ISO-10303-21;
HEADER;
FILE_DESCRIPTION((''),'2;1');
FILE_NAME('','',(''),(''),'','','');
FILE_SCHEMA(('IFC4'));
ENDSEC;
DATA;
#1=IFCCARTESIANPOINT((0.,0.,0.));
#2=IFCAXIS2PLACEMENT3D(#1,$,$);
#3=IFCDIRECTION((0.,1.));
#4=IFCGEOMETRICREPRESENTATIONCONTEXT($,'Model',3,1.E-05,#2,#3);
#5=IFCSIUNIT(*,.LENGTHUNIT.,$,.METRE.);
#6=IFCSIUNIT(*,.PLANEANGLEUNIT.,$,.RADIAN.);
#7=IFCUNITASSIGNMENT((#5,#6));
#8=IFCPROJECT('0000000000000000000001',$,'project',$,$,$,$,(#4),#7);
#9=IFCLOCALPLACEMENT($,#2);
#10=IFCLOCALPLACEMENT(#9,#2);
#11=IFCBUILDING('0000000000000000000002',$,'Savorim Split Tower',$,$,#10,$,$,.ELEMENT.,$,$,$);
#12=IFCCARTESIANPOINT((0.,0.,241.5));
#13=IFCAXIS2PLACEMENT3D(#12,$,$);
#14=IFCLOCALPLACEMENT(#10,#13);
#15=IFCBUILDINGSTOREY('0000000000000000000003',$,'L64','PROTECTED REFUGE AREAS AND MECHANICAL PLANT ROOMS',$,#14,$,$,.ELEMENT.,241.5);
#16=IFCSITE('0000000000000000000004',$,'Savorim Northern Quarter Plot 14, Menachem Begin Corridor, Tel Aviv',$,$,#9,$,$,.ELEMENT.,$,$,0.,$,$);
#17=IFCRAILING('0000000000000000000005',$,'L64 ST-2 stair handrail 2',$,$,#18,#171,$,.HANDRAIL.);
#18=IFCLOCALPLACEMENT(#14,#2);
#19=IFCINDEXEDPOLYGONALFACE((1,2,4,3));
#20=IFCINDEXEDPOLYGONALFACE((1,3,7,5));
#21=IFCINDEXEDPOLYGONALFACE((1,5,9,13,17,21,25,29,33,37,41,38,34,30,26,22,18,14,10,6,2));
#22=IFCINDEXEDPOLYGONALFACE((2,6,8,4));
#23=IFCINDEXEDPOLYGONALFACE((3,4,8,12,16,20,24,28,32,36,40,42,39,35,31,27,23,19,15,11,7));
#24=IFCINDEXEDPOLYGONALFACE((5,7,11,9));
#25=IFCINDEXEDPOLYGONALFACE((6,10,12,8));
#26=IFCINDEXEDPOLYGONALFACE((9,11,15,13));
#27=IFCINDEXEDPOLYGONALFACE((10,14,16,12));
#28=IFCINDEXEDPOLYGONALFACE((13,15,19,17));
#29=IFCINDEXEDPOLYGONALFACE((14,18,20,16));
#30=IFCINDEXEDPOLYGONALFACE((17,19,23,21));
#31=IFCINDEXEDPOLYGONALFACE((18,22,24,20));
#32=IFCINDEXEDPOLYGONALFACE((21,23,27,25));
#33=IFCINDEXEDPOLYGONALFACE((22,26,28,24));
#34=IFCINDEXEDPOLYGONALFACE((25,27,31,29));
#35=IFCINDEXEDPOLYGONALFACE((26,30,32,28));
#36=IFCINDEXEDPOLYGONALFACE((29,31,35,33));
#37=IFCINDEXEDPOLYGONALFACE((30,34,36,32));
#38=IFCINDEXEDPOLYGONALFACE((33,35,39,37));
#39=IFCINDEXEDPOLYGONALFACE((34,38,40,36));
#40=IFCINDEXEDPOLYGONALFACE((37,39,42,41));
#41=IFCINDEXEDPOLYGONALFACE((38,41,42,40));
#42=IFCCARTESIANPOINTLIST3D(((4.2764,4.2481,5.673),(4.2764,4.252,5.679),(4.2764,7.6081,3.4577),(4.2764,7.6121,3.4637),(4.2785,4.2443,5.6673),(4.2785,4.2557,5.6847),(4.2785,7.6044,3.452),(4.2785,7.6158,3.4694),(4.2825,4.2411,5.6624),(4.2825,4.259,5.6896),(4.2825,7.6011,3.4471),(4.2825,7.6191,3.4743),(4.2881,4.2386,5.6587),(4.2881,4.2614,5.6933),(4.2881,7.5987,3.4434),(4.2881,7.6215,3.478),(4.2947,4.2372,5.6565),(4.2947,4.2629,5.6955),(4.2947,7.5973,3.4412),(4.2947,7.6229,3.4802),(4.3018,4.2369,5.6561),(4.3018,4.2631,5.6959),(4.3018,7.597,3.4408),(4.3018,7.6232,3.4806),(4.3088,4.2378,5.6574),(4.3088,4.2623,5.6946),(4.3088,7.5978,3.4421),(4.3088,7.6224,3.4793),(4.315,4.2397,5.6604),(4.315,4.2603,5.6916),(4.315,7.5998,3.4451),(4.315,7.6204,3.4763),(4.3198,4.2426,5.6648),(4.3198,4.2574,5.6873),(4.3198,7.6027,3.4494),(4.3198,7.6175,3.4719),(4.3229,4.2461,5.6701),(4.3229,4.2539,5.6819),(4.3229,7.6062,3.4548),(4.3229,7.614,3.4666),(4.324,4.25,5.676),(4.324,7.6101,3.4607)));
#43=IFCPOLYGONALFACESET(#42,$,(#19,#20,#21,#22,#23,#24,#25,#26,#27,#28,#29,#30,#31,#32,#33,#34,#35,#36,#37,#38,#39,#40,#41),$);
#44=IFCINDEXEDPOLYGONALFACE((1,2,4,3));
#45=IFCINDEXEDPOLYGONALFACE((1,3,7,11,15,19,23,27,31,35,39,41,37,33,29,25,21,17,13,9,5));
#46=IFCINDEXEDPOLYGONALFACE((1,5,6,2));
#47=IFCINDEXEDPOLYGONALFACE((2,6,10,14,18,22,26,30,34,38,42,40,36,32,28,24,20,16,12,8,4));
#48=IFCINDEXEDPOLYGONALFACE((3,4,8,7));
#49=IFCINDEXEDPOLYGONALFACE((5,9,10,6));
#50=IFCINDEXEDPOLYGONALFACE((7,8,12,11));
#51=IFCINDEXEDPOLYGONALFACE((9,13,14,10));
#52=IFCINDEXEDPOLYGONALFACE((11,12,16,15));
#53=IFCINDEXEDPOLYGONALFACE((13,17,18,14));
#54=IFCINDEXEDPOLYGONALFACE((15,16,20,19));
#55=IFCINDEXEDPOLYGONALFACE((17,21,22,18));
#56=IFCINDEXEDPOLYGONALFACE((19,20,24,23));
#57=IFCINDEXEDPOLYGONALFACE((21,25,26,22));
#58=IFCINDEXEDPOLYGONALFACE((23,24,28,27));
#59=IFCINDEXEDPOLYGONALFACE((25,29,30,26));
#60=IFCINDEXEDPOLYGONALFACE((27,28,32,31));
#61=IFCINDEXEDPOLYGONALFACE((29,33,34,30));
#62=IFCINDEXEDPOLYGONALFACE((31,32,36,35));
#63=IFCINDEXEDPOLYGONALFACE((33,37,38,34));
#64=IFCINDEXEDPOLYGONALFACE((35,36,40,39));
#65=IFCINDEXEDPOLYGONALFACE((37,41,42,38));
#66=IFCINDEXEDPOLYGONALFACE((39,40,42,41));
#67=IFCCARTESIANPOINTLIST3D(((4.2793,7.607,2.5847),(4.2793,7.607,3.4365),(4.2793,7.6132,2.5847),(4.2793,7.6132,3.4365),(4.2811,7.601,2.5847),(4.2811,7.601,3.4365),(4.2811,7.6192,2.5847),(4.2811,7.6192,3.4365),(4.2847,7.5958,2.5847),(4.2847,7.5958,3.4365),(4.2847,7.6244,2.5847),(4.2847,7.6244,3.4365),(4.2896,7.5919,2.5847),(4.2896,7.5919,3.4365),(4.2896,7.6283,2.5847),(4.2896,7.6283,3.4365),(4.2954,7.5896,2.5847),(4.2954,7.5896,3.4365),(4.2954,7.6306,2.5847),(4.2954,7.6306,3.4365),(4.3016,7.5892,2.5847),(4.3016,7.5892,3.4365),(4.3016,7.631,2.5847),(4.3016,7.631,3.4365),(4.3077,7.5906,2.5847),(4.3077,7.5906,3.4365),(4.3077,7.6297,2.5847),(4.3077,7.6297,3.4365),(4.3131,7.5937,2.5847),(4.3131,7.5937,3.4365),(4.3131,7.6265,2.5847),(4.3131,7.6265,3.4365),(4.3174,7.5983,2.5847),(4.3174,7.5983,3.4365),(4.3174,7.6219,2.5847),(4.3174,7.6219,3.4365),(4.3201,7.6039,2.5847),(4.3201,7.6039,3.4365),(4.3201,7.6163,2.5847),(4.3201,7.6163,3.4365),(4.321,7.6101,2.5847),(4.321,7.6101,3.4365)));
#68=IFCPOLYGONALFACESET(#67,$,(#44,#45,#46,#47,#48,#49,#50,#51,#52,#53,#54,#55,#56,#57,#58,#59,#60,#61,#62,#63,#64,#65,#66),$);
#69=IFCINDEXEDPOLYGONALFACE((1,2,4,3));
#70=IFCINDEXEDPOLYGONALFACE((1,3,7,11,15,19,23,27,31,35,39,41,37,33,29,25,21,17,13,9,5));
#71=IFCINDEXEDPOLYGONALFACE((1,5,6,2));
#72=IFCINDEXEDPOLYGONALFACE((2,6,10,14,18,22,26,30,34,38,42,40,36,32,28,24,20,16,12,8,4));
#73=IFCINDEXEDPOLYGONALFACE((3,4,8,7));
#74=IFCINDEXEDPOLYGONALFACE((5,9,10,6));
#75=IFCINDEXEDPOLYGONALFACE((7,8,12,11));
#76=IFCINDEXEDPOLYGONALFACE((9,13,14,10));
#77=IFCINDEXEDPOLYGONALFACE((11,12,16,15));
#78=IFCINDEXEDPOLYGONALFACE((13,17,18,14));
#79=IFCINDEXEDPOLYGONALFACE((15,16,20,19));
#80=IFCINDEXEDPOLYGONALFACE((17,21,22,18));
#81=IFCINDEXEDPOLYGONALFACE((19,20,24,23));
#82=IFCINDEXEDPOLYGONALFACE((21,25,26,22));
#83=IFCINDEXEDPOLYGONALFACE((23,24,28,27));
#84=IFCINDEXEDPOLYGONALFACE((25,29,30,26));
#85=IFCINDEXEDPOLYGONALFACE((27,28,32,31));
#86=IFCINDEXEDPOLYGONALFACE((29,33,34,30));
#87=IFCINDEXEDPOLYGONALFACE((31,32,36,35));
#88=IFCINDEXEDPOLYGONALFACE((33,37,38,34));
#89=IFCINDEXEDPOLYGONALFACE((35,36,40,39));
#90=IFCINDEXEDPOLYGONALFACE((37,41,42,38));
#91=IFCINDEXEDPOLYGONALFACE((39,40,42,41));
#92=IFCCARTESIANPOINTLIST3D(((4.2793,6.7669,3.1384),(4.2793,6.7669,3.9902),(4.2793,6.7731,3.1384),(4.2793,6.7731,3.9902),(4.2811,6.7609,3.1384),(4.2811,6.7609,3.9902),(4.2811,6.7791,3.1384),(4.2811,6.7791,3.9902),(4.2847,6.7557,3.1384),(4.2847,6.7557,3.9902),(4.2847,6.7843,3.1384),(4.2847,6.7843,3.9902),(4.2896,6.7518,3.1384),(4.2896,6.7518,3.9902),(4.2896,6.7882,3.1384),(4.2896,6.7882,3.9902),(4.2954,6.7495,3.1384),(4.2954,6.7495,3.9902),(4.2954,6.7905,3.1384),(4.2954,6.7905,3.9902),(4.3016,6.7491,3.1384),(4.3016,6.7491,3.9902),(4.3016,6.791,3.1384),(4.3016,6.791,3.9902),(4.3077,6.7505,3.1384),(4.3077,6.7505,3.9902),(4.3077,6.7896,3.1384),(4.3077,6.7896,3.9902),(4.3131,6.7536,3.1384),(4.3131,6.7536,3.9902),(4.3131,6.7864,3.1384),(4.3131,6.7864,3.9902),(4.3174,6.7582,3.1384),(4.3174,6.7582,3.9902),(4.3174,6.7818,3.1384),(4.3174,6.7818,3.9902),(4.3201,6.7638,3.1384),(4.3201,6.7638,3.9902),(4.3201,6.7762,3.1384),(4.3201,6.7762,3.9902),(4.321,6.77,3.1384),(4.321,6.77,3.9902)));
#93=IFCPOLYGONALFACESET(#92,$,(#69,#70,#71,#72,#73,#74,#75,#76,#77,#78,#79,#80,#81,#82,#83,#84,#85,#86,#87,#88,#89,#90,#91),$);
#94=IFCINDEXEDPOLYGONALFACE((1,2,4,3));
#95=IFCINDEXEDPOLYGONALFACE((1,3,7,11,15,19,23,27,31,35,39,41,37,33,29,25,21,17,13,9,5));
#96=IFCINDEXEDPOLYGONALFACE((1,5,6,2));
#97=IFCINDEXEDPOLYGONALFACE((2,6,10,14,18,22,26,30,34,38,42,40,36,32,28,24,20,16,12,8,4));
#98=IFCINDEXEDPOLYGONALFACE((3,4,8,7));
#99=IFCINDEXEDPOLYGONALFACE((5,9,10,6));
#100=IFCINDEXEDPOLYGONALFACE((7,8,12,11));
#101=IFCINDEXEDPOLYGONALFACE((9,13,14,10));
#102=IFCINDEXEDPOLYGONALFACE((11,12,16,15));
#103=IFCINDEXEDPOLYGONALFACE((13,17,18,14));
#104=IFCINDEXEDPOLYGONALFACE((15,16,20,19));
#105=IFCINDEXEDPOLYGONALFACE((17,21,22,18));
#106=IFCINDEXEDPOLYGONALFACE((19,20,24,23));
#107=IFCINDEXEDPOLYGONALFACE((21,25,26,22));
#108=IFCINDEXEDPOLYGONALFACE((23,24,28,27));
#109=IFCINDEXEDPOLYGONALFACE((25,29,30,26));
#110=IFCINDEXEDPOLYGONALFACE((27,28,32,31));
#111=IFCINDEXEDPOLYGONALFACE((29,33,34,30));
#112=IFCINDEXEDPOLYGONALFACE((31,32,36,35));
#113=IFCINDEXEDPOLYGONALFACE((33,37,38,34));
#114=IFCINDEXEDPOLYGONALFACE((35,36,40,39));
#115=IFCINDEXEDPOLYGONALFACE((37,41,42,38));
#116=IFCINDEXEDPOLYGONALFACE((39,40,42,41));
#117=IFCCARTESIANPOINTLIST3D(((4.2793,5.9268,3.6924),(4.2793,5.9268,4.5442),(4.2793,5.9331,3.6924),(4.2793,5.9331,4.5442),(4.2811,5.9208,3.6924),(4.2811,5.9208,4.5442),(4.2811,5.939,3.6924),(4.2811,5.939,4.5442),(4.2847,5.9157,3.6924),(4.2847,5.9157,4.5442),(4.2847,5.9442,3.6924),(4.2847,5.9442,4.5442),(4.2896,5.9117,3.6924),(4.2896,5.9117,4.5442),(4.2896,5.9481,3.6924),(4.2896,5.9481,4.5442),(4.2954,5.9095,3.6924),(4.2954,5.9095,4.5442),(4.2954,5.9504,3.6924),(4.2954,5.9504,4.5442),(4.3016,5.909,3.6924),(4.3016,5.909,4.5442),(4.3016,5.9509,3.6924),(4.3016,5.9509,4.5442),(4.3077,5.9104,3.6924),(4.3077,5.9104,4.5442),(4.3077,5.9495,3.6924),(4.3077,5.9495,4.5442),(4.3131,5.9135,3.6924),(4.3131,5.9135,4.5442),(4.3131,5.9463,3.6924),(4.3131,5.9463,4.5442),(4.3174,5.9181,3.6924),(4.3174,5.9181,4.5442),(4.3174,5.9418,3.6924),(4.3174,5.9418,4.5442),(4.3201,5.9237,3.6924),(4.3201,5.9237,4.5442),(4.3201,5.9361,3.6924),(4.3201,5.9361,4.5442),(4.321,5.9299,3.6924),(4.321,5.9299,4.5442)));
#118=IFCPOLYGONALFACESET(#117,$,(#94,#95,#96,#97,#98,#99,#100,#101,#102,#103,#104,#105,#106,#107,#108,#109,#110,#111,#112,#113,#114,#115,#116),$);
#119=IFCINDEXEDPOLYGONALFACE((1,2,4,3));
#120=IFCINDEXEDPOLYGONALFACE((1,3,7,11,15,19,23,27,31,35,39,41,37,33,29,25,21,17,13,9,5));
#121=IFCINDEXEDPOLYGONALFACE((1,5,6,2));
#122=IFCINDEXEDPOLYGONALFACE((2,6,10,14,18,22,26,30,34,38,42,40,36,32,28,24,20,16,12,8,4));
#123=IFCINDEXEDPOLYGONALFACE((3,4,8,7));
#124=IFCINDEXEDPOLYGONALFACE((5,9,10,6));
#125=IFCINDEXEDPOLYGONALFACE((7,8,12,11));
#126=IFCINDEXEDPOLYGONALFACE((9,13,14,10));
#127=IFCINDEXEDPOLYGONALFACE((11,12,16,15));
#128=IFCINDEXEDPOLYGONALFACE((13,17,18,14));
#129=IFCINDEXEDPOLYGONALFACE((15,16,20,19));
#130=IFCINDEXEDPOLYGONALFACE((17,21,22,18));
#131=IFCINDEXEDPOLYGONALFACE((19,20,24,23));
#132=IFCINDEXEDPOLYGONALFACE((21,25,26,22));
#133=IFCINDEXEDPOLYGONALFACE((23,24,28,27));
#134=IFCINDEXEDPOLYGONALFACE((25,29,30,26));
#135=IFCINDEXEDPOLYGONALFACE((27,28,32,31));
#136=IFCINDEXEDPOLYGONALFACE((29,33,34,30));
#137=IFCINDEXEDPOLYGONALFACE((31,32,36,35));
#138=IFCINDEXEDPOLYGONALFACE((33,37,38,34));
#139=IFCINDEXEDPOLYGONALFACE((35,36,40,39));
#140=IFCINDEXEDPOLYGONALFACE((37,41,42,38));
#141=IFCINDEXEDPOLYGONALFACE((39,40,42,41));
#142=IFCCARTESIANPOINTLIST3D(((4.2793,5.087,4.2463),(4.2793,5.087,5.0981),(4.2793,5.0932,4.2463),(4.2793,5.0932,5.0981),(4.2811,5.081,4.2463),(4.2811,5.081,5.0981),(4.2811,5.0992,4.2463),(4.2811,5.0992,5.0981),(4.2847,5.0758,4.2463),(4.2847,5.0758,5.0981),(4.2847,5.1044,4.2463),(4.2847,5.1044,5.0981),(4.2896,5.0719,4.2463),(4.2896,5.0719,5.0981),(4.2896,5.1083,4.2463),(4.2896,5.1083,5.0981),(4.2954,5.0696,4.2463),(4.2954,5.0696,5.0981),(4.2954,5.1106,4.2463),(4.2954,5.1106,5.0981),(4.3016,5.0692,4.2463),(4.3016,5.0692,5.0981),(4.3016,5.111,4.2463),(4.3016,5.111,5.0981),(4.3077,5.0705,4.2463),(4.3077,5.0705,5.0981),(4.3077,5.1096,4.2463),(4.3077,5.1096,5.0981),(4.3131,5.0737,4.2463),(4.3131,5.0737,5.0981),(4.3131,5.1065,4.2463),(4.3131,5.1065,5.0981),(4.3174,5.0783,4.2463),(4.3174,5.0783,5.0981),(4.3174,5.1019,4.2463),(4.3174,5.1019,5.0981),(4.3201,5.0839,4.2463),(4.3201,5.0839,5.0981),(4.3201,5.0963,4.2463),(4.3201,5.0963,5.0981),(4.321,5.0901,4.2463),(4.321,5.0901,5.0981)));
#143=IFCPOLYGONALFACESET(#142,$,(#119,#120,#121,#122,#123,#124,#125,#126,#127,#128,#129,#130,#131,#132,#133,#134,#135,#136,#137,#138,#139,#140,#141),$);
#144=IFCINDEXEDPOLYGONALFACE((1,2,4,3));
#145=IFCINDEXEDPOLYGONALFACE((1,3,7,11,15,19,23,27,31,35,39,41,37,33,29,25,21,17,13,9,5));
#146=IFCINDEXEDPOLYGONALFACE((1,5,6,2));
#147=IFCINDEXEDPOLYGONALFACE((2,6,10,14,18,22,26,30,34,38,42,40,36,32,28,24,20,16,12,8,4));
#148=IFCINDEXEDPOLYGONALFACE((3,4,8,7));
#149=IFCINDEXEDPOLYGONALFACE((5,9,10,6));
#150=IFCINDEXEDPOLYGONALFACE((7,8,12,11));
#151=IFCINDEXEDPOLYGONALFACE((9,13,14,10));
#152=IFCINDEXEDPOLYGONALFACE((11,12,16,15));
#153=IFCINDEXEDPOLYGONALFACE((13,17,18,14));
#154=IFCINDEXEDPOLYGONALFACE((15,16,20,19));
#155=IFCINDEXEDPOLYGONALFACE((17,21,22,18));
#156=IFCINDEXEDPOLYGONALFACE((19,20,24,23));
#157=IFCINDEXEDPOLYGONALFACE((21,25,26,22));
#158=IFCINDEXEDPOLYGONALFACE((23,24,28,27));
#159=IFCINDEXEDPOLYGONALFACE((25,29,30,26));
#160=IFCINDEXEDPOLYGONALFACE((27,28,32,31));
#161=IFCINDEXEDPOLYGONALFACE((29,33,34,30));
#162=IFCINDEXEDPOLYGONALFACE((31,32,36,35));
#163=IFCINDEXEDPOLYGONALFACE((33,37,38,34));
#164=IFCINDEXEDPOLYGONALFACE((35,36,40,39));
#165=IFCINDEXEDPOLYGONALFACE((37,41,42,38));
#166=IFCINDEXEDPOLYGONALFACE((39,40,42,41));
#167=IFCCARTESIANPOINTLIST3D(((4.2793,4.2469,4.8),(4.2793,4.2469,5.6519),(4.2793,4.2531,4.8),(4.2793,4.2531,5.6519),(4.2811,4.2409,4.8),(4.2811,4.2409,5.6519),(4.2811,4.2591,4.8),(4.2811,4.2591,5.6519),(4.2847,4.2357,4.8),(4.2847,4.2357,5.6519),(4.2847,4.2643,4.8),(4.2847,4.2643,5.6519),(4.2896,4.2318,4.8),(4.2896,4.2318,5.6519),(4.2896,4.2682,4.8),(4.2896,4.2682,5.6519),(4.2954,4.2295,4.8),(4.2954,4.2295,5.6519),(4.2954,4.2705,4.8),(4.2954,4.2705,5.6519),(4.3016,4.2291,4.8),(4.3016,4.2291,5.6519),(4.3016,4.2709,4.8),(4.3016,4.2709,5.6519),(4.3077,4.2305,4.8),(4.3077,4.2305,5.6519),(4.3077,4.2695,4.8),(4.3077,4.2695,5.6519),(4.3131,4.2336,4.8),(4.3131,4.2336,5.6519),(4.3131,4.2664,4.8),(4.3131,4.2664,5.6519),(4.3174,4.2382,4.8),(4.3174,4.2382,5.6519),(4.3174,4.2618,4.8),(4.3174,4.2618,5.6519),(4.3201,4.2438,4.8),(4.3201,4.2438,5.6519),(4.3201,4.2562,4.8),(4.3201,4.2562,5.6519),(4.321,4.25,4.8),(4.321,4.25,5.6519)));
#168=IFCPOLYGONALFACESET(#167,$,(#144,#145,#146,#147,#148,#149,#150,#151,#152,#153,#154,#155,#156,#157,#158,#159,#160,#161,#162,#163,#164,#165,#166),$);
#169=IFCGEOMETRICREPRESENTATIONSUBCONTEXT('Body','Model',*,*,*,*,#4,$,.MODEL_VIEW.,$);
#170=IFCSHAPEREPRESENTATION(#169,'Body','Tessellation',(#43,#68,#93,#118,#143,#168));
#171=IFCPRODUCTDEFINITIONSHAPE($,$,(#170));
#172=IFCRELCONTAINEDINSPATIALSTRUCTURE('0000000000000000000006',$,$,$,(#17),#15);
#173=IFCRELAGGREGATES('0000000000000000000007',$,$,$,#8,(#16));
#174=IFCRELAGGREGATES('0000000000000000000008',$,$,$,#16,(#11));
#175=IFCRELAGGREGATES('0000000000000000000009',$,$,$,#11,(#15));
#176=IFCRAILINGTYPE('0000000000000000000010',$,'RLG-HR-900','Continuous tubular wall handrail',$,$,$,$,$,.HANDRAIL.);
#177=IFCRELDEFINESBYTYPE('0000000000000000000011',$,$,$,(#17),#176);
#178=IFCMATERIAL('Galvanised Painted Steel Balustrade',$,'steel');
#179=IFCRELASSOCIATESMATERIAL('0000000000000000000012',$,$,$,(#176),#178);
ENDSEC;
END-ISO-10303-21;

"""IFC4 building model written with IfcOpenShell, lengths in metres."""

from ifc_helpers import new_model, si_unit, direction, frame, origin, origin_2d, place, context, subcontext, project, spatial, circle, extrude, material, type_object, element, save


model = new_model("IFC4")

# Units and contexts
model_context = context("Model", 3, precision=1e-05, world=origin(), true_north=direction((0.0, 1.0)))
body_context = subcontext(model_context, "Body", "Model", "MODEL_VIEW")
ifc_project = project(units=[si_unit("LENGTHUNIT", "METRE"), si_unit("PLANEANGLEUNIT", "RADIAN")], contexts=[model_context])

# Site, building, storey
site_placement = place(None, origin())
site = spatial("IfcSite", under=ifc_project, at=site_placement, Name="Savorim Northern Quarter Plot 14, Menachem Begin Corridor, Tel Aviv", CompositionType="ELEMENT", RefElevation=0.0)
building_placement = place(site_placement, origin())
building = spatial("IfcBuilding", under=site, at=building_placement, Name="Savorim Split Tower", CompositionType="ELEMENT")
storey_placement = place(building_placement, frame((0.0, 0.0, 241.5)))
storey = spatial("IfcBuildingStorey", under=building, at=storey_placement, Name="L64", Description="PROTECTED REFUGE AREAS AND MECHANICAL PLANT ROOMS", CompositionType="ELEMENT", Elevation=241.5)

# Shared definitions
ifc_material_1 = material(Name="Galvanised Painted Steel Balustrade", Category="steel")

# Railing
railing_type_1 = type_object("IfcRailingType", Name="RLG-HR-900", Description="Continuous tubular wall handrail", PredefinedType="HANDRAIL", material=ifc_material_1)
railing_1_placement = place(storey_placement, frame((4.3, 7.6101, 2.5847)))
element("IfcRailing", 1, at=railing_1_placement, inside=storey, type_object=railing_type_1, Name="L64 ST-2 stair handrail 2", PredefinedType="HANDRAIL", context=body_context, shape_type="SweptSolid", body=[
    extrude(circle(Radius=0.0239, at=origin_2d()), frame((0.0, 0.0, 0.876), z_axis=(0.0, -0.834876, 0.550437), x_axis=(1.0, 0.0, 0.0)), (0.0, 0.0, 1.0), 4.0247),
    extrude(circle(Radius=0.021, at=origin_2d()), origin(), (0.0, 0.0, 1.0), 0.8518),
    extrude(circle(Radius=0.021, at=origin_2d()), frame((0.0, -0.8401, 0.5537)), (0.0, 0.0, 1.0), 0.8518),
    extrude(circle(Radius=0.021, at=origin_2d()), frame((0.0, -1.6802, 1.1077)), (0.0, 0.0, 1.0), 0.8518),
    extrude(circle(Radius=0.021, at=origin_2d()), frame((0.0, -2.52, 1.6616)), (0.0, 0.0, 1.0), 0.8518),
    extrude(circle(Radius=0.021, at=origin_2d()), frame((0.0, -3.3601, 2.2153)), (0.0, 0.0, 1.0), 0.8518),
])

save(model, "model.ifc")
